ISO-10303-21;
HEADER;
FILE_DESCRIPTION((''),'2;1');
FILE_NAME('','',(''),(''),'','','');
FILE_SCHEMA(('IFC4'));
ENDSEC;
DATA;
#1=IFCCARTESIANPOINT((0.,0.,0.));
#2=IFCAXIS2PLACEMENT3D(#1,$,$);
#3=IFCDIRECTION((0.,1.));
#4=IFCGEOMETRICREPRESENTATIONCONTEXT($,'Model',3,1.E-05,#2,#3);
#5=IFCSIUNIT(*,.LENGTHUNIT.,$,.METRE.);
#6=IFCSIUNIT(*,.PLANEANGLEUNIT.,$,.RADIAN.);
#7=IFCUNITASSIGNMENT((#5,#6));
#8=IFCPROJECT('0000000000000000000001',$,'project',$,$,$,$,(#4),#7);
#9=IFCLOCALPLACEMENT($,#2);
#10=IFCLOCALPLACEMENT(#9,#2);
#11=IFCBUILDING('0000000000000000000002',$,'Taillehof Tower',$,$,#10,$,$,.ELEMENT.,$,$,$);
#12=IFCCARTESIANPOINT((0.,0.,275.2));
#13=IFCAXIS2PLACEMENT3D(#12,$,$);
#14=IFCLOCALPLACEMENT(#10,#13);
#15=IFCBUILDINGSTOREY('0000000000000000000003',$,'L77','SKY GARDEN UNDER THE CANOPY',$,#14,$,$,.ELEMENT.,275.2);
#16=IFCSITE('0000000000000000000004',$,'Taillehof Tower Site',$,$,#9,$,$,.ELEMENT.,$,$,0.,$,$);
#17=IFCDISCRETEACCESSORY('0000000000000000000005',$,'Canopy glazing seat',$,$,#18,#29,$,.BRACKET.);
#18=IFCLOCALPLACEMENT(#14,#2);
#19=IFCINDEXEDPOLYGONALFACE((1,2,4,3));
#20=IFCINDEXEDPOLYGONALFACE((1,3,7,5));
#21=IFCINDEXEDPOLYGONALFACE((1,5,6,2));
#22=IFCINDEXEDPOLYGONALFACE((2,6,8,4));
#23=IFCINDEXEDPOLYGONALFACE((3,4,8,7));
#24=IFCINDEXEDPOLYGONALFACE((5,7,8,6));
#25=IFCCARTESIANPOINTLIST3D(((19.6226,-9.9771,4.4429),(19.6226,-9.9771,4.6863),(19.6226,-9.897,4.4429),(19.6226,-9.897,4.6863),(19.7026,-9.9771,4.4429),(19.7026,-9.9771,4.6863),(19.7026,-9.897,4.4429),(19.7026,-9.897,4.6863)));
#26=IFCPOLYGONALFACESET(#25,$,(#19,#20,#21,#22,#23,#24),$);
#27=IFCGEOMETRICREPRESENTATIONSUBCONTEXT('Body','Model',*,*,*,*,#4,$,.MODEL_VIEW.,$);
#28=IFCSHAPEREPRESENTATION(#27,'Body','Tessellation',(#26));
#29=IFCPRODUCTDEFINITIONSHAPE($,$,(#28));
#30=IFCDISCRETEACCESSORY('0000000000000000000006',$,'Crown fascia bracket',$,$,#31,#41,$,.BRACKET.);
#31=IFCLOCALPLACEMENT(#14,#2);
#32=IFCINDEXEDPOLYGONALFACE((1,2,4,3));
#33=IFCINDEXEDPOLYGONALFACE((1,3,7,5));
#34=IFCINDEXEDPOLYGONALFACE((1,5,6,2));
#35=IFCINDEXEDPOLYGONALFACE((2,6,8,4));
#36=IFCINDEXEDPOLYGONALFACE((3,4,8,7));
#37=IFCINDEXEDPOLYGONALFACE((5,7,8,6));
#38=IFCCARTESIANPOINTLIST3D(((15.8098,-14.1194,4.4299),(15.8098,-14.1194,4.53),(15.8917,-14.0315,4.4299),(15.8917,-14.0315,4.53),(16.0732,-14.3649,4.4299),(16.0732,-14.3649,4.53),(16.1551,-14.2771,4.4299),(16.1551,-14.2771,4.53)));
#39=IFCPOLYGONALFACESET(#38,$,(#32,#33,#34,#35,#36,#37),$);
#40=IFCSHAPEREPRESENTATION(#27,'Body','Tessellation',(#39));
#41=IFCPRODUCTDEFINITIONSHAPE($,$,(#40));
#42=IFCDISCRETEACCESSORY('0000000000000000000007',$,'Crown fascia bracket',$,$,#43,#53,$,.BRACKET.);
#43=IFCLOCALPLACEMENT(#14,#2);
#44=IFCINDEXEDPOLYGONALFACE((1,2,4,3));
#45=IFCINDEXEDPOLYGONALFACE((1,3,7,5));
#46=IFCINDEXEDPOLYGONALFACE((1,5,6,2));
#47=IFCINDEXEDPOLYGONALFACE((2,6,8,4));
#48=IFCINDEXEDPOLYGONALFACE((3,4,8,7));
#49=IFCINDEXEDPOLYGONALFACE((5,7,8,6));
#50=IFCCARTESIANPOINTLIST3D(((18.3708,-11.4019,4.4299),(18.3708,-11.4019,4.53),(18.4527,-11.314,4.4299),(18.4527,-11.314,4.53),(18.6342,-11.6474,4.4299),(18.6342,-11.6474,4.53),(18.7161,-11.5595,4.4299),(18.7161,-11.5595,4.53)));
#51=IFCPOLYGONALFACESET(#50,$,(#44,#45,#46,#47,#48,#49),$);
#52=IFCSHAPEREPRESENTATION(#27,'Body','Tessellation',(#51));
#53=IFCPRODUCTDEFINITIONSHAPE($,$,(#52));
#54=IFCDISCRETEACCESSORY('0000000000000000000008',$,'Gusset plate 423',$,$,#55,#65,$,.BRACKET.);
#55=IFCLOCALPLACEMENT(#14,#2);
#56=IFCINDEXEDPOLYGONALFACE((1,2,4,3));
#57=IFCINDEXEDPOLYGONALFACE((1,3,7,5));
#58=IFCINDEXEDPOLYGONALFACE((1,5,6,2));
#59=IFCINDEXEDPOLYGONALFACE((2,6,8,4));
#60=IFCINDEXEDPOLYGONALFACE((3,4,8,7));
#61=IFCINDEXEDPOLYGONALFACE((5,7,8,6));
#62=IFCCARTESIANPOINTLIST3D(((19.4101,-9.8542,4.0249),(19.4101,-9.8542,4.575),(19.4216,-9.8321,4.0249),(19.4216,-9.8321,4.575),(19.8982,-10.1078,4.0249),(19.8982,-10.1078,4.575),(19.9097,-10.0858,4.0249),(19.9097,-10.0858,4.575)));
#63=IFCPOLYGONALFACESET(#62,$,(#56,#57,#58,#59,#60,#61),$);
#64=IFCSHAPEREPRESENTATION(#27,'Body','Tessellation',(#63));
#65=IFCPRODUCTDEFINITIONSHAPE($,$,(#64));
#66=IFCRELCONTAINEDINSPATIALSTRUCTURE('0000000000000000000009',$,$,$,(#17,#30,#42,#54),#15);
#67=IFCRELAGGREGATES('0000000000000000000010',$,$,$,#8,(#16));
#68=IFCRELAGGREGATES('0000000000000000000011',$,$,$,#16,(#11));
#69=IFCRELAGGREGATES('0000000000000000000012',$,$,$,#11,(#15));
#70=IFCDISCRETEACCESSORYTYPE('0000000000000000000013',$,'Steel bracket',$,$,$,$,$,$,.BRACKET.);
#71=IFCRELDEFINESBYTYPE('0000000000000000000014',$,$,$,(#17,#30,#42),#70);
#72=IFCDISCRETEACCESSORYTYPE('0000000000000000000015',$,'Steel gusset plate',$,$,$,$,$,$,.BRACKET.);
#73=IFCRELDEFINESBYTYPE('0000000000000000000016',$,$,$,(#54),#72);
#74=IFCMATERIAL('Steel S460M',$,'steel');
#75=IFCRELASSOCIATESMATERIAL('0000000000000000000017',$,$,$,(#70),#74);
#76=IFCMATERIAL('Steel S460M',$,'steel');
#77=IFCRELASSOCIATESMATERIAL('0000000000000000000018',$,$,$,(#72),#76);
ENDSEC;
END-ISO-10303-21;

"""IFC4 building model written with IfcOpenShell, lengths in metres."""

from ifc_helpers import new_model, si_unit, direction, frame, origin, origin_2d, place, context, subcontext, project, spatial, rectangle, extrude, material, type_object, element, save


model = new_model("IFC4")

# Units and contexts
model_context = context("Model", 3, precision=1e-05, world=origin(), true_north=direction((0.0, 1.0)))
body_context = subcontext(model_context, "Body", "Model", "MODEL_VIEW")
ifc_project = project(units=[si_unit("LENGTHUNIT", "METRE"), si_unit("PLANEANGLEUNIT", "RADIAN")], contexts=[model_context])

# Site, building, storey
site_placement = place(None, origin())
site = spatial("IfcSite", under=ifc_project, at=site_placement, Name="Taillehof Tower Site", CompositionType="ELEMENT", RefElevation=0.0)
building_placement = place(site_placement, origin())
building = spatial("IfcBuilding", under=site, at=building_placement, Name="Taillehof Tower", CompositionType="ELEMENT")
storey_placement = place(building_placement, frame((0.0, 0.0, 275.2)))
storey = spatial("IfcBuildingStorey", under=building, at=storey_placement, Name="L77", Description="SKY GARDEN UNDER THE CANOPY", CompositionType="ELEMENT", Elevation=275.2)

# Discrete accessories
ifc_material_1 = material(Name="Steel S460M", Category="steel")
discrete_accessory_type_1 = type_object("IfcDiscreteAccessoryType", Name="Steel bracket", PredefinedType="BRACKET", material=ifc_material_1)
for number, where, z_axis, x_axis, name in (
    (1, (19.6626, -9.937, 4.4429), (0.0, 0.0, 1.0), (1.0, 0.0, 0.0), "Canopy glazing seat"),
):
    element("IfcDiscreteAccessory", number, at=place(storey_placement, frame(where, z_axis=z_axis, x_axis=x_axis)), inside=storey, type_object=discrete_accessory_type_1, Name=name, PredefinedType="BRACKET", context=body_context, shape_type="SweptSolid", body=[
        extrude(rectangle(XDim=0.0801, YDim=0.0801, at=origin_2d()), origin(), (0.0, 0.0, 1.0), 0.2434),
    ])
for number, where, z_axis, x_axis, name in (
    (2, (15.9824, -14.1982, 4.4299), (0.0, 0.0, 1.0), (0.731499, -0.681843, 0.0), "Crown fascia bracket"),
    (3, (18.5435, -11.4807, 4.4299), (0.0, 0.0, 1.0), (0.731499, -0.681843, 0.0), "Crown fascia bracket"),
):
    element("IfcDiscreteAccessory", number, at=place(storey_placement, frame(where, z_axis=z_axis, x_axis=x_axis)), inside=storey, type_object=discrete_accessory_type_1, Name=name, PredefinedType="BRACKET", context=body_context, shape_type="SweptSolid", body=[
        extrude(rectangle(XDim=0.3601, YDim=0.1201, at=origin_2d()), origin(), (0.0, 0.0, 1.0), 0.1001),
    ])
ifc_material_2 = material(Name="Steel S460M", Category="steel")
discrete_accessory_type_2 = type_object("IfcDiscreteAccessoryType", Name="Steel gusset plate", PredefinedType="BRACKET", material=ifc_material_2)
discrete_accessory_1_placement = place(storey_placement, frame((19.6599, -9.97, 4.0249), z_axis=(0.0, 0.0, 1.0), x_axis=(-0.887315, 0.461163, 0.0)))
element("IfcDiscreteAccessory", 4, at=discrete_accessory_1_placement, inside=storey, type_object=discrete_accessory_type_2, Name="Gusset plate 423", PredefinedType="BRACKET", context=body_context, shape_type="SweptSolid", body=[
    extrude(rectangle(XDim=0.55, YDim=0.0249, at=origin_2d()), origin(), (0.0, 0.0, 1.0), 0.55),
])

save(model, "model.ifc")
